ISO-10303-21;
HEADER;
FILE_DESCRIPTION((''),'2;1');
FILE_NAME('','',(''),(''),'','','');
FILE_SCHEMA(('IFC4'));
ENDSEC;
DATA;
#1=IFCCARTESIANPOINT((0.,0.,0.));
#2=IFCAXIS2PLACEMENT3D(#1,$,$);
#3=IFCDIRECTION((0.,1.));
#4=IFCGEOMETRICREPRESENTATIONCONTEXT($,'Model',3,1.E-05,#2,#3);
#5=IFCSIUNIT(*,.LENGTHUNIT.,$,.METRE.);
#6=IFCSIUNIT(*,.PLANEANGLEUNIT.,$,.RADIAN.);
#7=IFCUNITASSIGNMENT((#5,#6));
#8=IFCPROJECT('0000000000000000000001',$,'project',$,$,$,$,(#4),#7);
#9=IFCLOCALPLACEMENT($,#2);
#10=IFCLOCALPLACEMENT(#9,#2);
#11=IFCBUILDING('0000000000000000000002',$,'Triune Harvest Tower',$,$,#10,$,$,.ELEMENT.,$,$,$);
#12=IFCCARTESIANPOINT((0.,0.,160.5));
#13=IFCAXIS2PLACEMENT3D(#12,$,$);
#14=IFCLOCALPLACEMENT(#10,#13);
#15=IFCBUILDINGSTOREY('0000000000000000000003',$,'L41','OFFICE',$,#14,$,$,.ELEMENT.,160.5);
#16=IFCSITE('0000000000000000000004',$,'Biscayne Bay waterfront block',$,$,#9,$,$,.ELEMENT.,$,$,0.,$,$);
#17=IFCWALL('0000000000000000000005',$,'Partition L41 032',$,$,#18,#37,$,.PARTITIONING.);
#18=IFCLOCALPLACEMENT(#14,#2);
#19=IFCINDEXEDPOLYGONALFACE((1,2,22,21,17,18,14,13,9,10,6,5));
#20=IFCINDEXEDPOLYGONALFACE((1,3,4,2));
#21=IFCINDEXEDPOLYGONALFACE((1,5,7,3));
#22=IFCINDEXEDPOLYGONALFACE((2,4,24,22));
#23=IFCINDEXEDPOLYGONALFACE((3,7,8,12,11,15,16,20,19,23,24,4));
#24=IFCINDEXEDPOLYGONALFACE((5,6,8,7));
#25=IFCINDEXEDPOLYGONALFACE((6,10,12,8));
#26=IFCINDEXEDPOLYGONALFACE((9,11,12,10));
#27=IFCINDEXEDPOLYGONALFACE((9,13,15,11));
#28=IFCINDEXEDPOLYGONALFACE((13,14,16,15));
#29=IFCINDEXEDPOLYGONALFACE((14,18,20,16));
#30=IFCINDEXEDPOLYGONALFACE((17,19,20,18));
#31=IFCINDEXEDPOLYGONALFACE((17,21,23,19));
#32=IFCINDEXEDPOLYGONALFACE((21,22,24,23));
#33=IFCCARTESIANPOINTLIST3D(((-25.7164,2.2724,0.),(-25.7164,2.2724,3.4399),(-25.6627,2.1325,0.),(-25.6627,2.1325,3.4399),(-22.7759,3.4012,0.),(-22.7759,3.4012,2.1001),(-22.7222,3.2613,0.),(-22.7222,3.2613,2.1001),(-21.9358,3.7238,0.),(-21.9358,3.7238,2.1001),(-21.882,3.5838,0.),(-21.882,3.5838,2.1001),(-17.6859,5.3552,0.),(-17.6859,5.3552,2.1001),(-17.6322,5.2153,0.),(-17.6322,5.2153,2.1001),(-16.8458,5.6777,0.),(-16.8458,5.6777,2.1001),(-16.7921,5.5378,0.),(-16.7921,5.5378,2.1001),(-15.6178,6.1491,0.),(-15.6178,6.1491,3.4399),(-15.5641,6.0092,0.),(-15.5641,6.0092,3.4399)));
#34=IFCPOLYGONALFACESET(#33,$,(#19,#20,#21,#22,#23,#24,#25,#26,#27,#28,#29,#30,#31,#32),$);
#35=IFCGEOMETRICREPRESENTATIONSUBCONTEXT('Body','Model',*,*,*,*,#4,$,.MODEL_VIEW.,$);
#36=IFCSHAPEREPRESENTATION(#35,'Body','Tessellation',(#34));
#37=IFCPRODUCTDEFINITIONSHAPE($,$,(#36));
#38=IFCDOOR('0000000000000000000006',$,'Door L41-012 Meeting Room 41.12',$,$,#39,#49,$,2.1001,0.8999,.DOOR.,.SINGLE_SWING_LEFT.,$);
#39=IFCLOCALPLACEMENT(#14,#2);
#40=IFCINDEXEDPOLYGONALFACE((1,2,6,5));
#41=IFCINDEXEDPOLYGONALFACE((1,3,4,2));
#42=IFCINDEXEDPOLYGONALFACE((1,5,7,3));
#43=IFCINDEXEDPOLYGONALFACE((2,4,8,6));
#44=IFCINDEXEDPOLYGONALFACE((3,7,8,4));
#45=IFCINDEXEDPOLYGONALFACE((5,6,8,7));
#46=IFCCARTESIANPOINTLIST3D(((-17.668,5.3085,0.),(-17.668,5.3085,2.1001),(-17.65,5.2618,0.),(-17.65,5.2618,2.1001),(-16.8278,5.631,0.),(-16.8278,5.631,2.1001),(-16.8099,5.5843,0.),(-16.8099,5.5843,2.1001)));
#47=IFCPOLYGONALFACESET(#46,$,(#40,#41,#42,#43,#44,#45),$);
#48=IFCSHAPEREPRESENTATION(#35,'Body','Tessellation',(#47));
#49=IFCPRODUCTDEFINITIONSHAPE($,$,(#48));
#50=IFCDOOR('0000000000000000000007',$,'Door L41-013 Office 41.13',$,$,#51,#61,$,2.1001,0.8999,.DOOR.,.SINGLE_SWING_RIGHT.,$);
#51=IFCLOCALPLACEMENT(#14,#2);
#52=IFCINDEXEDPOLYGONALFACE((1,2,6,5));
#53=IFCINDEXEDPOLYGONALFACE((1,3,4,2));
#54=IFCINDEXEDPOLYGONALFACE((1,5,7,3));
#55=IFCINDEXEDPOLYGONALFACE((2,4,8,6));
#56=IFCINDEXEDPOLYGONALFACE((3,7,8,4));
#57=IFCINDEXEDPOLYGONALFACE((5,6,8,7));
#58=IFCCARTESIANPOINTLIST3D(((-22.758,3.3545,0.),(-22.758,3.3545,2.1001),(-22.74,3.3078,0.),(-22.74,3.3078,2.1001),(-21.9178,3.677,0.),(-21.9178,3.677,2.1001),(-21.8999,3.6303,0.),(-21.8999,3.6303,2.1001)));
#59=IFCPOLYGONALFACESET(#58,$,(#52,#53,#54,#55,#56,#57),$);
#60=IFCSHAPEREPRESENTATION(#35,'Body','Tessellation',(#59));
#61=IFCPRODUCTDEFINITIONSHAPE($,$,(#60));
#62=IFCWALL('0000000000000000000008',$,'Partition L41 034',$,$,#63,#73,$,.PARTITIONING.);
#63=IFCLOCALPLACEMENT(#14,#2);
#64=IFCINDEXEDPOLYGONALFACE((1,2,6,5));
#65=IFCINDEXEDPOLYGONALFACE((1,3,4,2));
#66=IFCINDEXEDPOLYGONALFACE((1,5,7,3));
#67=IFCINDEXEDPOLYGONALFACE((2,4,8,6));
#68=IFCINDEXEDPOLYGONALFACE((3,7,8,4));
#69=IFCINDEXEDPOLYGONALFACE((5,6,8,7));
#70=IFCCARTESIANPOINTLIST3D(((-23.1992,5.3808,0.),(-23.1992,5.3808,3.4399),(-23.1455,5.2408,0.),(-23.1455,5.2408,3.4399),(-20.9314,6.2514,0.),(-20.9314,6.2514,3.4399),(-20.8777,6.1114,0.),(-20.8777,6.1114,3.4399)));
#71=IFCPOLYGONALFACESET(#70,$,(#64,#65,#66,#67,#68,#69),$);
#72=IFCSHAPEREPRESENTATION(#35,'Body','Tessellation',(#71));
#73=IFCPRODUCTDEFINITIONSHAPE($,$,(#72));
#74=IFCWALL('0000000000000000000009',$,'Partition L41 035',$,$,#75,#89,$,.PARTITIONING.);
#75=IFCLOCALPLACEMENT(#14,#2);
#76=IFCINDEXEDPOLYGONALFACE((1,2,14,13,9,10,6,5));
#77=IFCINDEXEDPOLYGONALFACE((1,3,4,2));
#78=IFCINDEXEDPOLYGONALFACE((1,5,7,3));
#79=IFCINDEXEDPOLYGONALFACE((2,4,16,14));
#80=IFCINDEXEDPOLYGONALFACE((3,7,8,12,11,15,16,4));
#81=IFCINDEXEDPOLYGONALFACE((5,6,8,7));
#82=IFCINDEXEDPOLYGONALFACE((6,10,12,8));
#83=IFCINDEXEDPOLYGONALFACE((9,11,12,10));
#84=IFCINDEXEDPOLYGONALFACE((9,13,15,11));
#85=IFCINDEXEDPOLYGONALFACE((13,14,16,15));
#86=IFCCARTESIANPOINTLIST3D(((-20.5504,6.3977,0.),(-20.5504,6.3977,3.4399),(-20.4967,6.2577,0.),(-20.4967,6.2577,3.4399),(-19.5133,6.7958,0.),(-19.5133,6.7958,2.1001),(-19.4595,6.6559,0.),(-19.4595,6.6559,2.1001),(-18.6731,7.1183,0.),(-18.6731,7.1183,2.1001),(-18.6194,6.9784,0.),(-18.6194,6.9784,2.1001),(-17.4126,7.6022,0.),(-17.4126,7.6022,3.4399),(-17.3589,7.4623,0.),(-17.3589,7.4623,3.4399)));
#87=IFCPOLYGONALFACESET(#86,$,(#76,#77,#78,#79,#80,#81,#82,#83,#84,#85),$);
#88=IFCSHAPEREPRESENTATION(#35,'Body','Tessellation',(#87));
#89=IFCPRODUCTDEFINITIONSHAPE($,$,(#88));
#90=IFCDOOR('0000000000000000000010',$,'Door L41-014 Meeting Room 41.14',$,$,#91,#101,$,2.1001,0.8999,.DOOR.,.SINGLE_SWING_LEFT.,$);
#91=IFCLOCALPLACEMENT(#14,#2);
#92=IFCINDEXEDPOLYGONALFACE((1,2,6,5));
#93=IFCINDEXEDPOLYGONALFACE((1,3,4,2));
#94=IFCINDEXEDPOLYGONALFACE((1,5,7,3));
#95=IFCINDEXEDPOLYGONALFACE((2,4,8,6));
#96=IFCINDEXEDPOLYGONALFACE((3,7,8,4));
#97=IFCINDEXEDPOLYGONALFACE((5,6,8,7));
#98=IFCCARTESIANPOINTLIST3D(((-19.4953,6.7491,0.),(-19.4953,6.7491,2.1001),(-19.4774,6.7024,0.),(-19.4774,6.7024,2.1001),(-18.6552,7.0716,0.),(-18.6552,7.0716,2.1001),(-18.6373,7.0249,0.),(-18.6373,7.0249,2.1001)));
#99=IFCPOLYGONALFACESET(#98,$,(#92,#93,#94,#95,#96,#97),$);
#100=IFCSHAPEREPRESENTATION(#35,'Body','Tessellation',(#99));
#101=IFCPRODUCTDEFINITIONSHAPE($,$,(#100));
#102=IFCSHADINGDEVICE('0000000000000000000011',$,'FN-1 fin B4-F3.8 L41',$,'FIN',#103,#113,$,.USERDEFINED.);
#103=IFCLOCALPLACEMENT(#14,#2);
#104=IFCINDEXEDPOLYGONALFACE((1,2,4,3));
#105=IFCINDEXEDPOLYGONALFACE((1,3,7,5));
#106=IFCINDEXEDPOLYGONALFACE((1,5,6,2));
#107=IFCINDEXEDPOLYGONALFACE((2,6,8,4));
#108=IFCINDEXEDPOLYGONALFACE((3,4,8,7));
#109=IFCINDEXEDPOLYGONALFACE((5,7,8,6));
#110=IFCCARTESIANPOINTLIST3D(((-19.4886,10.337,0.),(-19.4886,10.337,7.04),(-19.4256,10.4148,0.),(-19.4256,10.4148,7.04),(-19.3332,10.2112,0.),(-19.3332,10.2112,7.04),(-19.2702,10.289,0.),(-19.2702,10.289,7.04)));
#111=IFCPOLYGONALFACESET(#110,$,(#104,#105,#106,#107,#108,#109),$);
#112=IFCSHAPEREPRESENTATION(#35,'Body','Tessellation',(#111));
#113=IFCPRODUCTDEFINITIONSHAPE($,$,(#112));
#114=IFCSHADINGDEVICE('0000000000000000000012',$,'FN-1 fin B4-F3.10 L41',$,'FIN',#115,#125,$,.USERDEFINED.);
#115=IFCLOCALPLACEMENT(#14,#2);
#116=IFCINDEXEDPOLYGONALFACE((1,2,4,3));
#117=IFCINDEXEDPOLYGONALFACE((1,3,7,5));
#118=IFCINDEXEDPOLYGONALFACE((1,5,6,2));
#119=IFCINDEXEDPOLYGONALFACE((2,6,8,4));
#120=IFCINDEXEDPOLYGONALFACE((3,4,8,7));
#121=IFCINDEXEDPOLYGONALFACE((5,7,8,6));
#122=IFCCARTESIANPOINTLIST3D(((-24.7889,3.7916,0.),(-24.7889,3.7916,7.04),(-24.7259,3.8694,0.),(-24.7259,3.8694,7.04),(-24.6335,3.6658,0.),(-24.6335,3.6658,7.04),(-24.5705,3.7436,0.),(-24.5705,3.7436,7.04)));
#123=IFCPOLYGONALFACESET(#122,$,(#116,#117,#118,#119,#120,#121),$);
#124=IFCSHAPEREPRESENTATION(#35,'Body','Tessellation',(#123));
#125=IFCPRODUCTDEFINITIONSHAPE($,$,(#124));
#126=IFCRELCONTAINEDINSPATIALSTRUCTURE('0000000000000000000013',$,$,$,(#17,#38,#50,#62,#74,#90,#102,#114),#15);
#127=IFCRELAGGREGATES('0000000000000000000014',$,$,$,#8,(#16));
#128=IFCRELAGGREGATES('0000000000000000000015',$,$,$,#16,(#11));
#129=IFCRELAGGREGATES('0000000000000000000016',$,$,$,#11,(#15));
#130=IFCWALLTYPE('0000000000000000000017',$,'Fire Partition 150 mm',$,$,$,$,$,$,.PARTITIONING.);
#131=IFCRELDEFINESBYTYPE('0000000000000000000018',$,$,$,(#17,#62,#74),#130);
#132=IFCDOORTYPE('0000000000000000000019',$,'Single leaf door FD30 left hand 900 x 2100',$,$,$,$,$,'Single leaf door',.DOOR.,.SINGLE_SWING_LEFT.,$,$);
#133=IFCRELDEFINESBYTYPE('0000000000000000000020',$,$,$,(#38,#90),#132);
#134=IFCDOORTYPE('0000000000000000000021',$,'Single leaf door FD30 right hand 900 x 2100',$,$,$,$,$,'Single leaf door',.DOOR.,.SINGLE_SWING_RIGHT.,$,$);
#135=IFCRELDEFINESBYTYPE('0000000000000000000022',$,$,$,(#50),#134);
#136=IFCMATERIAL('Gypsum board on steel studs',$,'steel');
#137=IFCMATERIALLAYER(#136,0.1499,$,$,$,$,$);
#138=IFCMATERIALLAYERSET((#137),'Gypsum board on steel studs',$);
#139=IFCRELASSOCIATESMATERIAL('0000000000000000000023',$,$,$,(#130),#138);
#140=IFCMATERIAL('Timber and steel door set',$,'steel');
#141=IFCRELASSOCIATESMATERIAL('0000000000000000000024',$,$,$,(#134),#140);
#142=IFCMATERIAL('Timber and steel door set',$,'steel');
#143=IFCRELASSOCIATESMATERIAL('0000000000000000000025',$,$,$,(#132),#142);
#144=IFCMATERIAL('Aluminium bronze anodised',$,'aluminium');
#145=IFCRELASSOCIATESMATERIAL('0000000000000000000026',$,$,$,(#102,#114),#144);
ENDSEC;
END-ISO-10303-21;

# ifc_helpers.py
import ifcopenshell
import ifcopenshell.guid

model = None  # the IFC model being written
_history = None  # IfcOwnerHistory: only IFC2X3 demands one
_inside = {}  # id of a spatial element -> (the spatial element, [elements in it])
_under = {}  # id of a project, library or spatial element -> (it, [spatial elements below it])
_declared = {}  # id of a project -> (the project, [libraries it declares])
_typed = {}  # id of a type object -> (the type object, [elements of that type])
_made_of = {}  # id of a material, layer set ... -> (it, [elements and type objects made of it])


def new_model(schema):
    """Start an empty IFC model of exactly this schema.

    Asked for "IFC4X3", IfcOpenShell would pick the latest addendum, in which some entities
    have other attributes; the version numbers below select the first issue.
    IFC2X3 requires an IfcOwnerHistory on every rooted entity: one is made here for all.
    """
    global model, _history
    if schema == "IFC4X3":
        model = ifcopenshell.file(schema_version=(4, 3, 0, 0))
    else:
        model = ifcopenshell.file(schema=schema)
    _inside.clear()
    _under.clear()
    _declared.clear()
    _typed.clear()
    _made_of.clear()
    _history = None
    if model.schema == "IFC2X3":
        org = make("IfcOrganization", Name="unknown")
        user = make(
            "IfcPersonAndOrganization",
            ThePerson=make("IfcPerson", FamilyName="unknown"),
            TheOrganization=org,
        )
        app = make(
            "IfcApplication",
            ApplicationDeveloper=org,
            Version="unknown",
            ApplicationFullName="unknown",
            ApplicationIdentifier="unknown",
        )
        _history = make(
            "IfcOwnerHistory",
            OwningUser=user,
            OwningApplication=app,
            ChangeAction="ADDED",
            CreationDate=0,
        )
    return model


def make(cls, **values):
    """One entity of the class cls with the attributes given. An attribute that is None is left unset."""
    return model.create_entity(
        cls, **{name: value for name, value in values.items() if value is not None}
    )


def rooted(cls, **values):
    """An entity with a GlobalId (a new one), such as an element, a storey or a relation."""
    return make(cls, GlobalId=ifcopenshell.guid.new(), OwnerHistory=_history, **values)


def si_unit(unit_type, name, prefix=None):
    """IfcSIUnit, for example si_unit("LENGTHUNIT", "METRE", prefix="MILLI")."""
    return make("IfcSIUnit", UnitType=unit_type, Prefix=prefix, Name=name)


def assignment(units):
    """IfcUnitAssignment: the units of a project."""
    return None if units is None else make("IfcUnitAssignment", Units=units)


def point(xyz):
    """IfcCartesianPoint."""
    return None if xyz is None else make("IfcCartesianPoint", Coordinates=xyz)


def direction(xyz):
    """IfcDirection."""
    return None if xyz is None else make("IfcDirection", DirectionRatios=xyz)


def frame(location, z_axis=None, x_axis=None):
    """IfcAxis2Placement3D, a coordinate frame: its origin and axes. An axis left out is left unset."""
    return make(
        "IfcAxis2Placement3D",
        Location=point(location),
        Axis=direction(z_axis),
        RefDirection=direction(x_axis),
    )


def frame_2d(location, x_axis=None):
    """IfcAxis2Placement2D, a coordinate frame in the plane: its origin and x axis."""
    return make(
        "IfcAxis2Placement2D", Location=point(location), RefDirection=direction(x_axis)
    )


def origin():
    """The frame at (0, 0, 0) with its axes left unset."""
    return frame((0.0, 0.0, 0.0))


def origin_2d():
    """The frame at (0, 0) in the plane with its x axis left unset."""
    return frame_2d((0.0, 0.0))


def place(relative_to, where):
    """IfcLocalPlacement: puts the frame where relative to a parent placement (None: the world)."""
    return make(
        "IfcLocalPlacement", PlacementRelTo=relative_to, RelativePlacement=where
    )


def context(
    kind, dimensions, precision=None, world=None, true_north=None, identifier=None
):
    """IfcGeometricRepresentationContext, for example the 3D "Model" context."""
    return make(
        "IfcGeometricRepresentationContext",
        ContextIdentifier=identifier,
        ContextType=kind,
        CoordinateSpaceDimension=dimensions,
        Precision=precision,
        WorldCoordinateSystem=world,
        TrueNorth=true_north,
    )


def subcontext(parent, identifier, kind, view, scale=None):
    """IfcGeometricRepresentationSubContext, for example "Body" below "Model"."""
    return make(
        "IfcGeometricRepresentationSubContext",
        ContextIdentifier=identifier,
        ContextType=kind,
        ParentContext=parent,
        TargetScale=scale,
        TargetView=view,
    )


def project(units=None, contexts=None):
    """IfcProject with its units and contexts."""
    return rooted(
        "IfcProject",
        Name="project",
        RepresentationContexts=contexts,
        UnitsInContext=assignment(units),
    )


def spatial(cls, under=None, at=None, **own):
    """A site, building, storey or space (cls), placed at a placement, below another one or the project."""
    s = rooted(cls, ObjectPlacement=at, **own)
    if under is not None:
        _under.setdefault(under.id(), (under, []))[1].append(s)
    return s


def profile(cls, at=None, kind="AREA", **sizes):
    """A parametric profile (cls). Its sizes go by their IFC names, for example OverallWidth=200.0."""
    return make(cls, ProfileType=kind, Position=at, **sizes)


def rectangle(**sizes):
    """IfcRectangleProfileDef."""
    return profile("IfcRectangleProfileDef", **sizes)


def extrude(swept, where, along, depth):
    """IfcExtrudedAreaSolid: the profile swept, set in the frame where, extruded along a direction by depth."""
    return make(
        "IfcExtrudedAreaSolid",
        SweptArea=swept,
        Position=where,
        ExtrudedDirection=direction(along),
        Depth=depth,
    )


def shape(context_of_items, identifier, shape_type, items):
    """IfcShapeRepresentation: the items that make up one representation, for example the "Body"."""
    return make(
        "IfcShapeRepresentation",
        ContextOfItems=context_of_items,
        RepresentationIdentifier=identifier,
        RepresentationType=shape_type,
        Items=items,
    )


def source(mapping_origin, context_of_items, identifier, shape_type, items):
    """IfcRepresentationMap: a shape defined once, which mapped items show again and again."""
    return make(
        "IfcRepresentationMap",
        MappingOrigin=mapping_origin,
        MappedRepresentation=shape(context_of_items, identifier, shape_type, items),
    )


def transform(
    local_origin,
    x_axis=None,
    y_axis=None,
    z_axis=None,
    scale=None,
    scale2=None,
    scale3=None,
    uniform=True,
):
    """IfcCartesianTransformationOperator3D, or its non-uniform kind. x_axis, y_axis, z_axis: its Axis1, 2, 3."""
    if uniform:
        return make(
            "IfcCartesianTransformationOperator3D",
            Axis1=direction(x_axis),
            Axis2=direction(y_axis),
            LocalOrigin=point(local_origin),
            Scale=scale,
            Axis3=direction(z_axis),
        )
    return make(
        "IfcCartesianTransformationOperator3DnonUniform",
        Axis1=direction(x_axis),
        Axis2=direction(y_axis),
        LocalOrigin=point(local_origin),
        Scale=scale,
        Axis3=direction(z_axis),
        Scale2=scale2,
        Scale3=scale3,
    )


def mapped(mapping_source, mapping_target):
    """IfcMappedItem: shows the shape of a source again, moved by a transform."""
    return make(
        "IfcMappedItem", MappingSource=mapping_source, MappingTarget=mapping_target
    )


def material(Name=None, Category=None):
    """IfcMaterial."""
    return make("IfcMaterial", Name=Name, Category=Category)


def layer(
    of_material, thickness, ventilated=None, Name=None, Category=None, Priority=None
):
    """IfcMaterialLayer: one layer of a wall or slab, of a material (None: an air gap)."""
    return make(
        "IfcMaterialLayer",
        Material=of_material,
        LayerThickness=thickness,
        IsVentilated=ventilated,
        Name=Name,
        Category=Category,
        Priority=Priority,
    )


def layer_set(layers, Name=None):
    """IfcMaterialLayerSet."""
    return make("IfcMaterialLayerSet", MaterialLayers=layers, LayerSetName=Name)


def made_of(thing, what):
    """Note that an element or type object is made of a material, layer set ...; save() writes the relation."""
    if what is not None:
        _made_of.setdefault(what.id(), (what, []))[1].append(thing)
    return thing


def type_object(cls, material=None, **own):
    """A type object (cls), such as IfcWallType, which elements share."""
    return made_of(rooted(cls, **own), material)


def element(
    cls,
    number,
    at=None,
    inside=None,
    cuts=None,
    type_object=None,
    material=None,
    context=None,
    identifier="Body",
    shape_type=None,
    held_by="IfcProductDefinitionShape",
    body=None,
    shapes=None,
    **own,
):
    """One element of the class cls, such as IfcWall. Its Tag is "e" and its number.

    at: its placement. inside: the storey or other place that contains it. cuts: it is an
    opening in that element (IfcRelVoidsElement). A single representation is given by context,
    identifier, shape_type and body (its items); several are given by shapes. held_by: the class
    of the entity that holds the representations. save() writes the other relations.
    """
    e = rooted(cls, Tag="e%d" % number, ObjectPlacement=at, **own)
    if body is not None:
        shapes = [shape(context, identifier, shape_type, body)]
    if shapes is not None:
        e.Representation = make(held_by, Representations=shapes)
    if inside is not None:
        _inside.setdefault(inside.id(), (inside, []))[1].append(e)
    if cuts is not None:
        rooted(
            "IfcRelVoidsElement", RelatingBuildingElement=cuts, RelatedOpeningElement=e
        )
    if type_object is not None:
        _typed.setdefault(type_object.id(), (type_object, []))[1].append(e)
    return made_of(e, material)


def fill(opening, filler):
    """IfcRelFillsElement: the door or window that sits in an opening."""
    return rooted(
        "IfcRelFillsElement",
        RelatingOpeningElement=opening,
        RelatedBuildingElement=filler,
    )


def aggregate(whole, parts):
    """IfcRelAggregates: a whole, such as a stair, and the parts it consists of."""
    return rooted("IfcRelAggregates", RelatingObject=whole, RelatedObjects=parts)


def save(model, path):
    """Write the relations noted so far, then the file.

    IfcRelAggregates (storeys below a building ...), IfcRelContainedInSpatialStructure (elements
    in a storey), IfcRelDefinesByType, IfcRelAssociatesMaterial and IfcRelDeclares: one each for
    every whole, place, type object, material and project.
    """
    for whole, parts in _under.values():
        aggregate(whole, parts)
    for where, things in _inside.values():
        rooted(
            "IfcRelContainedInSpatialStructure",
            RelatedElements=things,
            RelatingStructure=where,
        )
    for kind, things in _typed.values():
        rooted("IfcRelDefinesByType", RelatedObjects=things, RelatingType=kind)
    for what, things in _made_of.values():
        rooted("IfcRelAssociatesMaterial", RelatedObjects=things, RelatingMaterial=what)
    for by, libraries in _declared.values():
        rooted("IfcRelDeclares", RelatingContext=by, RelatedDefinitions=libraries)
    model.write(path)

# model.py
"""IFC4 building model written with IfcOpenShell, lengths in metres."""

from ifc_helpers import new_model, si_unit, direction, frame, frame_2d, origin, origin_2d, place, context, subcontext, project, spatial, rectangle, extrude, source, transform, mapped, material, layer, layer_set, type_object, element, fill, save


model = new_model("IFC4")

# Units and contexts
model_context = context("Model", 3, precision=1e-05, world=origin(), true_north=direction((0.0, 1.0)))
body_context = subcontext(model_context, "Body", "Model", "MODEL_VIEW")
ifc_project = project(units=[si_unit("LENGTHUNIT", "METRE"), si_unit("PLANEANGLEUNIT", "RADIAN")], contexts=[model_context])

# Site, building, storey
site_placement = place(None, origin())
site = spatial("IfcSite", under=ifc_project, at=site_placement, Name="Biscayne Bay waterfront block", CompositionType="ELEMENT", RefElevation=0.0)
building_placement = place(site_placement, origin())
building = spatial("IfcBuilding", under=site, at=building_placement, Name="Triune Harvest Tower", CompositionType="ELEMENT")
storey_placement = place(building_placement, frame((0.0, 0.0, 160.5)))
storey = spatial("IfcBuildingStorey", under=building, at=storey_placement, Name="L41", Description="OFFICE", CompositionType="ELEMENT", Elevation=160.5)

# Shared definitions
ifc_material_1 = material(Name="Gypsum board on steel studs", Category="steel")
ifc_layer_1 = layer(ifc_material_1, 0.1499)
ifc_layer_set_1 = layer_set([ifc_layer_1], Name="Gypsum board on steel studs")
wall_type_1 = type_object("IfcWallType", Name="Fire Partition 150 mm", PredefinedType="PARTITIONING", material=ifc_layer_set_1)

# Shared definitions
ifc_material_2 = material(Name="Timber and steel door set", Category="steel")
door_type_1 = type_object("IfcDoorType", Name="Single leaf door FD30 right hand 900 x 2100", ElementType="Single leaf door", OperationType="SINGLE_SWING_RIGHT", PredefinedType="DOOR", material=ifc_material_2)

# Wall, openings, doors
shared_shape_1 = source(origin(), body_context, "Body", "SweptSolid", [
    extrude(rectangle(XDim=10.8171, YDim=0.1499, at=frame_2d((5.4087, 0.0))), origin(), (0.0, 0.0, 1.0), 3.4399),
])
wall_1_placement = place(storey_placement, frame((-25.6897, 2.2024, 0.0), z_axis=(0.0, 0.0, 1.0), x_axis=(0.933574, 0.358385, 0.0)))
wall_1 = element("IfcWall", 1, at=wall_1_placement, inside=storey, type_object=wall_type_1, Name="Partition L41 032", PredefinedType="PARTITIONING", context=body_context, shape_type="MappedRepresentation", body=[
    mapped(shared_shape_1, transform((0.0, 0.0, 0.0), scale=1.0)),
])
opening_1_placement = place(wall_1_placement, frame((8.6021, 0.0, 0.0)))
opening_1 = element("IfcOpeningElement", 2, at=opening_1_placement, cuts=wall_1, PredefinedType="OPENING", context=body_context, shape_type="SweptSolid", body=[
    extrude(rectangle(XDim=0.8999, YDim=2.1001, at=frame_2d((0.45, 1.05))), frame((0.0, 0.085, 0.0), z_axis=(0.0, -1.0, 0.0), x_axis=(1.0, 0.0, 0.0)), (0.0, 0.0, 1.0), 0.1699),
])
opening_2_placement = place(wall_1_placement, frame((3.1499, 0.0, 0.0)))
opening_2 = element("IfcOpeningElement", 3, at=opening_2_placement, cuts=wall_1, PredefinedType="OPENING", context=body_context, shape_type="SweptSolid", body=[
    extrude(rectangle(XDim=0.8999, YDim=2.1001, at=frame_2d((0.45, 1.05))), frame((0.0, 0.085, 0.0), z_axis=(0.0, -1.0, 0.0), x_axis=(1.0, 0.0, 0.0)), (0.0, 0.0, 1.0), 0.1699),
])
ifc_material_3 = material(Name="Timber and steel door set", Category="steel")
door_type_2 = type_object("IfcDoorType", Name="Single leaf door FD30 left hand 900 x 2100", ElementType="Single leaf door", OperationType="SINGLE_SWING_LEFT", PredefinedType="DOOR", material=ifc_material_3)
door_1_placement = place(opening_1_placement, origin())
door_1 = element("IfcDoor", 4, at=door_1_placement, inside=storey, type_object=door_type_2, Name="Door L41-012 Meeting Room 41.12", OperationType="SINGLE_SWING_LEFT", OverallHeight=2.1001, OverallWidth=0.8999, PredefinedType="DOOR", context=body_context, shape_type="SweptSolid", body=[
    extrude(rectangle(XDim=0.8999, YDim=2.1001, at=frame_2d((0.45, 1.05))), frame((0.0, 0.0249, 0.0), z_axis=(0.0, -1.0, 0.0), x_axis=(1.0, 0.0, 0.0)), (0.0, 0.0, 1.0), 0.05),
])
fill(opening_1, door_1)
door_2_placement = place(opening_2_placement, origin())
door_2 = element("IfcDoor", 5, at=door_2_placement, inside=storey, type_object=door_type_1, Name="Door L41-013 Office 41.13", OperationType="SINGLE_SWING_RIGHT", OverallHeight=2.1001, OverallWidth=0.8999, PredefinedType="DOOR", context=body_context, shape_type="SweptSolid", body=[
    extrude(rectangle(XDim=0.8999, YDim=2.1001, at=frame_2d((0.45, 1.05))), frame((0.0, 0.0249, 0.0), z_axis=(0.0, -1.0, 0.0), x_axis=(1.0, 0.0, 0.0)), (0.0, 0.0, 1.0), 0.05),
])
fill(opening_2, door_2)

# Wall
shared_shape_2 = source(origin(), body_context, "Body", "SweptSolid", [
    extrude(rectangle(XDim=2.4292, YDim=0.1499, at=frame_2d((1.2146, 0.0))), origin(), (0.0, 0.0, 1.0), 3.4399),
])
wall_2_placement = place(storey_placement, frame((-23.1724, 5.3108, 0.0), z_axis=(0.0, 0.0, 1.0), x_axis=(0.933571, 0.358393, 0.0)))
element("IfcWall", 6, at=wall_2_placement, inside=storey, type_object=wall_type_1, Name="Partition L41 034", PredefinedType="PARTITIONING", context=body_context, shape_type="MappedRepresentation", body=[
    mapped(shared_shape_2, transform((0.0, 0.0, 0.0), scale=1.0)),
])

# Wall, opening, door
shared_shape_3 = source(origin(), body_context, "Body", "SweptSolid", [
    extrude(rectangle(XDim=3.3611, YDim=0.1499, at=frame_2d((1.6807, 0.0))), origin(), (0.0, 0.0, 1.0), 3.4399),
])
wall_3_placement = place(storey_placement, frame((-20.5237, 6.3276, 0.0), z_axis=(0.0, 0.0, 1.0), x_axis=(0.933576, 0.35838, 0.0)))
wall_3 = element("IfcWall", 7, at=wall_3_placement, inside=storey, type_object=wall_type_1, Name="Partition L41 035", PredefinedType="PARTITIONING", context=body_context, shape_type="MappedRepresentation", body=[
    mapped(shared_shape_3, transform((0.0, 0.0, 0.0), scale=1.0)),
])
opening_3_placement = place(wall_3_placement, frame((1.1111, 0.0, 0.0)))
opening_3 = element("IfcOpeningElement", 8, at=opening_3_placement, cuts=wall_3, PredefinedType="OPENING", context=body_context, shape_type="SweptSolid", body=[
    extrude(rectangle(XDim=0.8999, YDim=2.1001, at=frame_2d((0.45, 1.05))), frame((0.0, 0.085, 0.0), z_axis=(0.0, -1.0, 0.0), x_axis=(1.0, 0.0, 0.0)), (0.0, 0.0, 1.0), 0.1699),
])
door_3_placement = place(opening_3_placement, origin())
door_3 = element("IfcDoor", 9, at=door_3_placement, inside=storey, type_object=door_type_2, Name="Door L41-014 Meeting Room 41.14", OperationType="SINGLE_SWING_LEFT", OverallHeight=2.1001, OverallWidth=0.8999, PredefinedType="DOOR", context=body_context, shape_type="SweptSolid", body=[
    extrude(rectangle(XDim=0.8999, YDim=2.1001, at=frame_2d((0.45, 1.05))), frame((0.0, 0.0249, 0.0), z_axis=(0.0, -1.0, 0.0), x_axis=(1.0, 0.0, 0.0)), (0.0, 0.0, 1.0), 0.05),
])
fill(opening_3, door_3)

# Shading devices
ifc_material_4 = material(Name="Aluminium bronze anodised", Category="aluminium")
shared_shape_4 = source(origin(), body_context, "Body", "SweptSolid", [
    extrude(rectangle(XDim=0.1001, YDim=0.2, at=origin_2d()), origin(), (0.0, 0.0, 1.0), 7.04),
])
for number, where, z_axis, x_axis, name in (
    (10, (-19.3794, 10.313, 0.0), (0.0, 0.0, 1.0), (-0.629321, -0.777145, 0.0), "FN-1 fin B4-F3.8 L41"),
    (11, (-24.6797, 3.7676, 0.0), (0.0, 0.0, 1.0), (-0.629321, -0.777145, 0.0), "FN-1 fin B4-F3.10 L41"),
):
    element("IfcShadingDevice", number, at=place(storey_placement, frame(where, z_axis=z_axis, x_axis=x_axis)), inside=storey, material=ifc_material_4, Name=name, ObjectType="FIN", PredefinedType="USERDEFINED", context=body_context, shape_type="MappedRepresentation", body=[
        mapped(shared_shape_4, transform((0.0, 0.0, 0.0), scale=1.0)),
    ])

save(model, "model.ifc")
